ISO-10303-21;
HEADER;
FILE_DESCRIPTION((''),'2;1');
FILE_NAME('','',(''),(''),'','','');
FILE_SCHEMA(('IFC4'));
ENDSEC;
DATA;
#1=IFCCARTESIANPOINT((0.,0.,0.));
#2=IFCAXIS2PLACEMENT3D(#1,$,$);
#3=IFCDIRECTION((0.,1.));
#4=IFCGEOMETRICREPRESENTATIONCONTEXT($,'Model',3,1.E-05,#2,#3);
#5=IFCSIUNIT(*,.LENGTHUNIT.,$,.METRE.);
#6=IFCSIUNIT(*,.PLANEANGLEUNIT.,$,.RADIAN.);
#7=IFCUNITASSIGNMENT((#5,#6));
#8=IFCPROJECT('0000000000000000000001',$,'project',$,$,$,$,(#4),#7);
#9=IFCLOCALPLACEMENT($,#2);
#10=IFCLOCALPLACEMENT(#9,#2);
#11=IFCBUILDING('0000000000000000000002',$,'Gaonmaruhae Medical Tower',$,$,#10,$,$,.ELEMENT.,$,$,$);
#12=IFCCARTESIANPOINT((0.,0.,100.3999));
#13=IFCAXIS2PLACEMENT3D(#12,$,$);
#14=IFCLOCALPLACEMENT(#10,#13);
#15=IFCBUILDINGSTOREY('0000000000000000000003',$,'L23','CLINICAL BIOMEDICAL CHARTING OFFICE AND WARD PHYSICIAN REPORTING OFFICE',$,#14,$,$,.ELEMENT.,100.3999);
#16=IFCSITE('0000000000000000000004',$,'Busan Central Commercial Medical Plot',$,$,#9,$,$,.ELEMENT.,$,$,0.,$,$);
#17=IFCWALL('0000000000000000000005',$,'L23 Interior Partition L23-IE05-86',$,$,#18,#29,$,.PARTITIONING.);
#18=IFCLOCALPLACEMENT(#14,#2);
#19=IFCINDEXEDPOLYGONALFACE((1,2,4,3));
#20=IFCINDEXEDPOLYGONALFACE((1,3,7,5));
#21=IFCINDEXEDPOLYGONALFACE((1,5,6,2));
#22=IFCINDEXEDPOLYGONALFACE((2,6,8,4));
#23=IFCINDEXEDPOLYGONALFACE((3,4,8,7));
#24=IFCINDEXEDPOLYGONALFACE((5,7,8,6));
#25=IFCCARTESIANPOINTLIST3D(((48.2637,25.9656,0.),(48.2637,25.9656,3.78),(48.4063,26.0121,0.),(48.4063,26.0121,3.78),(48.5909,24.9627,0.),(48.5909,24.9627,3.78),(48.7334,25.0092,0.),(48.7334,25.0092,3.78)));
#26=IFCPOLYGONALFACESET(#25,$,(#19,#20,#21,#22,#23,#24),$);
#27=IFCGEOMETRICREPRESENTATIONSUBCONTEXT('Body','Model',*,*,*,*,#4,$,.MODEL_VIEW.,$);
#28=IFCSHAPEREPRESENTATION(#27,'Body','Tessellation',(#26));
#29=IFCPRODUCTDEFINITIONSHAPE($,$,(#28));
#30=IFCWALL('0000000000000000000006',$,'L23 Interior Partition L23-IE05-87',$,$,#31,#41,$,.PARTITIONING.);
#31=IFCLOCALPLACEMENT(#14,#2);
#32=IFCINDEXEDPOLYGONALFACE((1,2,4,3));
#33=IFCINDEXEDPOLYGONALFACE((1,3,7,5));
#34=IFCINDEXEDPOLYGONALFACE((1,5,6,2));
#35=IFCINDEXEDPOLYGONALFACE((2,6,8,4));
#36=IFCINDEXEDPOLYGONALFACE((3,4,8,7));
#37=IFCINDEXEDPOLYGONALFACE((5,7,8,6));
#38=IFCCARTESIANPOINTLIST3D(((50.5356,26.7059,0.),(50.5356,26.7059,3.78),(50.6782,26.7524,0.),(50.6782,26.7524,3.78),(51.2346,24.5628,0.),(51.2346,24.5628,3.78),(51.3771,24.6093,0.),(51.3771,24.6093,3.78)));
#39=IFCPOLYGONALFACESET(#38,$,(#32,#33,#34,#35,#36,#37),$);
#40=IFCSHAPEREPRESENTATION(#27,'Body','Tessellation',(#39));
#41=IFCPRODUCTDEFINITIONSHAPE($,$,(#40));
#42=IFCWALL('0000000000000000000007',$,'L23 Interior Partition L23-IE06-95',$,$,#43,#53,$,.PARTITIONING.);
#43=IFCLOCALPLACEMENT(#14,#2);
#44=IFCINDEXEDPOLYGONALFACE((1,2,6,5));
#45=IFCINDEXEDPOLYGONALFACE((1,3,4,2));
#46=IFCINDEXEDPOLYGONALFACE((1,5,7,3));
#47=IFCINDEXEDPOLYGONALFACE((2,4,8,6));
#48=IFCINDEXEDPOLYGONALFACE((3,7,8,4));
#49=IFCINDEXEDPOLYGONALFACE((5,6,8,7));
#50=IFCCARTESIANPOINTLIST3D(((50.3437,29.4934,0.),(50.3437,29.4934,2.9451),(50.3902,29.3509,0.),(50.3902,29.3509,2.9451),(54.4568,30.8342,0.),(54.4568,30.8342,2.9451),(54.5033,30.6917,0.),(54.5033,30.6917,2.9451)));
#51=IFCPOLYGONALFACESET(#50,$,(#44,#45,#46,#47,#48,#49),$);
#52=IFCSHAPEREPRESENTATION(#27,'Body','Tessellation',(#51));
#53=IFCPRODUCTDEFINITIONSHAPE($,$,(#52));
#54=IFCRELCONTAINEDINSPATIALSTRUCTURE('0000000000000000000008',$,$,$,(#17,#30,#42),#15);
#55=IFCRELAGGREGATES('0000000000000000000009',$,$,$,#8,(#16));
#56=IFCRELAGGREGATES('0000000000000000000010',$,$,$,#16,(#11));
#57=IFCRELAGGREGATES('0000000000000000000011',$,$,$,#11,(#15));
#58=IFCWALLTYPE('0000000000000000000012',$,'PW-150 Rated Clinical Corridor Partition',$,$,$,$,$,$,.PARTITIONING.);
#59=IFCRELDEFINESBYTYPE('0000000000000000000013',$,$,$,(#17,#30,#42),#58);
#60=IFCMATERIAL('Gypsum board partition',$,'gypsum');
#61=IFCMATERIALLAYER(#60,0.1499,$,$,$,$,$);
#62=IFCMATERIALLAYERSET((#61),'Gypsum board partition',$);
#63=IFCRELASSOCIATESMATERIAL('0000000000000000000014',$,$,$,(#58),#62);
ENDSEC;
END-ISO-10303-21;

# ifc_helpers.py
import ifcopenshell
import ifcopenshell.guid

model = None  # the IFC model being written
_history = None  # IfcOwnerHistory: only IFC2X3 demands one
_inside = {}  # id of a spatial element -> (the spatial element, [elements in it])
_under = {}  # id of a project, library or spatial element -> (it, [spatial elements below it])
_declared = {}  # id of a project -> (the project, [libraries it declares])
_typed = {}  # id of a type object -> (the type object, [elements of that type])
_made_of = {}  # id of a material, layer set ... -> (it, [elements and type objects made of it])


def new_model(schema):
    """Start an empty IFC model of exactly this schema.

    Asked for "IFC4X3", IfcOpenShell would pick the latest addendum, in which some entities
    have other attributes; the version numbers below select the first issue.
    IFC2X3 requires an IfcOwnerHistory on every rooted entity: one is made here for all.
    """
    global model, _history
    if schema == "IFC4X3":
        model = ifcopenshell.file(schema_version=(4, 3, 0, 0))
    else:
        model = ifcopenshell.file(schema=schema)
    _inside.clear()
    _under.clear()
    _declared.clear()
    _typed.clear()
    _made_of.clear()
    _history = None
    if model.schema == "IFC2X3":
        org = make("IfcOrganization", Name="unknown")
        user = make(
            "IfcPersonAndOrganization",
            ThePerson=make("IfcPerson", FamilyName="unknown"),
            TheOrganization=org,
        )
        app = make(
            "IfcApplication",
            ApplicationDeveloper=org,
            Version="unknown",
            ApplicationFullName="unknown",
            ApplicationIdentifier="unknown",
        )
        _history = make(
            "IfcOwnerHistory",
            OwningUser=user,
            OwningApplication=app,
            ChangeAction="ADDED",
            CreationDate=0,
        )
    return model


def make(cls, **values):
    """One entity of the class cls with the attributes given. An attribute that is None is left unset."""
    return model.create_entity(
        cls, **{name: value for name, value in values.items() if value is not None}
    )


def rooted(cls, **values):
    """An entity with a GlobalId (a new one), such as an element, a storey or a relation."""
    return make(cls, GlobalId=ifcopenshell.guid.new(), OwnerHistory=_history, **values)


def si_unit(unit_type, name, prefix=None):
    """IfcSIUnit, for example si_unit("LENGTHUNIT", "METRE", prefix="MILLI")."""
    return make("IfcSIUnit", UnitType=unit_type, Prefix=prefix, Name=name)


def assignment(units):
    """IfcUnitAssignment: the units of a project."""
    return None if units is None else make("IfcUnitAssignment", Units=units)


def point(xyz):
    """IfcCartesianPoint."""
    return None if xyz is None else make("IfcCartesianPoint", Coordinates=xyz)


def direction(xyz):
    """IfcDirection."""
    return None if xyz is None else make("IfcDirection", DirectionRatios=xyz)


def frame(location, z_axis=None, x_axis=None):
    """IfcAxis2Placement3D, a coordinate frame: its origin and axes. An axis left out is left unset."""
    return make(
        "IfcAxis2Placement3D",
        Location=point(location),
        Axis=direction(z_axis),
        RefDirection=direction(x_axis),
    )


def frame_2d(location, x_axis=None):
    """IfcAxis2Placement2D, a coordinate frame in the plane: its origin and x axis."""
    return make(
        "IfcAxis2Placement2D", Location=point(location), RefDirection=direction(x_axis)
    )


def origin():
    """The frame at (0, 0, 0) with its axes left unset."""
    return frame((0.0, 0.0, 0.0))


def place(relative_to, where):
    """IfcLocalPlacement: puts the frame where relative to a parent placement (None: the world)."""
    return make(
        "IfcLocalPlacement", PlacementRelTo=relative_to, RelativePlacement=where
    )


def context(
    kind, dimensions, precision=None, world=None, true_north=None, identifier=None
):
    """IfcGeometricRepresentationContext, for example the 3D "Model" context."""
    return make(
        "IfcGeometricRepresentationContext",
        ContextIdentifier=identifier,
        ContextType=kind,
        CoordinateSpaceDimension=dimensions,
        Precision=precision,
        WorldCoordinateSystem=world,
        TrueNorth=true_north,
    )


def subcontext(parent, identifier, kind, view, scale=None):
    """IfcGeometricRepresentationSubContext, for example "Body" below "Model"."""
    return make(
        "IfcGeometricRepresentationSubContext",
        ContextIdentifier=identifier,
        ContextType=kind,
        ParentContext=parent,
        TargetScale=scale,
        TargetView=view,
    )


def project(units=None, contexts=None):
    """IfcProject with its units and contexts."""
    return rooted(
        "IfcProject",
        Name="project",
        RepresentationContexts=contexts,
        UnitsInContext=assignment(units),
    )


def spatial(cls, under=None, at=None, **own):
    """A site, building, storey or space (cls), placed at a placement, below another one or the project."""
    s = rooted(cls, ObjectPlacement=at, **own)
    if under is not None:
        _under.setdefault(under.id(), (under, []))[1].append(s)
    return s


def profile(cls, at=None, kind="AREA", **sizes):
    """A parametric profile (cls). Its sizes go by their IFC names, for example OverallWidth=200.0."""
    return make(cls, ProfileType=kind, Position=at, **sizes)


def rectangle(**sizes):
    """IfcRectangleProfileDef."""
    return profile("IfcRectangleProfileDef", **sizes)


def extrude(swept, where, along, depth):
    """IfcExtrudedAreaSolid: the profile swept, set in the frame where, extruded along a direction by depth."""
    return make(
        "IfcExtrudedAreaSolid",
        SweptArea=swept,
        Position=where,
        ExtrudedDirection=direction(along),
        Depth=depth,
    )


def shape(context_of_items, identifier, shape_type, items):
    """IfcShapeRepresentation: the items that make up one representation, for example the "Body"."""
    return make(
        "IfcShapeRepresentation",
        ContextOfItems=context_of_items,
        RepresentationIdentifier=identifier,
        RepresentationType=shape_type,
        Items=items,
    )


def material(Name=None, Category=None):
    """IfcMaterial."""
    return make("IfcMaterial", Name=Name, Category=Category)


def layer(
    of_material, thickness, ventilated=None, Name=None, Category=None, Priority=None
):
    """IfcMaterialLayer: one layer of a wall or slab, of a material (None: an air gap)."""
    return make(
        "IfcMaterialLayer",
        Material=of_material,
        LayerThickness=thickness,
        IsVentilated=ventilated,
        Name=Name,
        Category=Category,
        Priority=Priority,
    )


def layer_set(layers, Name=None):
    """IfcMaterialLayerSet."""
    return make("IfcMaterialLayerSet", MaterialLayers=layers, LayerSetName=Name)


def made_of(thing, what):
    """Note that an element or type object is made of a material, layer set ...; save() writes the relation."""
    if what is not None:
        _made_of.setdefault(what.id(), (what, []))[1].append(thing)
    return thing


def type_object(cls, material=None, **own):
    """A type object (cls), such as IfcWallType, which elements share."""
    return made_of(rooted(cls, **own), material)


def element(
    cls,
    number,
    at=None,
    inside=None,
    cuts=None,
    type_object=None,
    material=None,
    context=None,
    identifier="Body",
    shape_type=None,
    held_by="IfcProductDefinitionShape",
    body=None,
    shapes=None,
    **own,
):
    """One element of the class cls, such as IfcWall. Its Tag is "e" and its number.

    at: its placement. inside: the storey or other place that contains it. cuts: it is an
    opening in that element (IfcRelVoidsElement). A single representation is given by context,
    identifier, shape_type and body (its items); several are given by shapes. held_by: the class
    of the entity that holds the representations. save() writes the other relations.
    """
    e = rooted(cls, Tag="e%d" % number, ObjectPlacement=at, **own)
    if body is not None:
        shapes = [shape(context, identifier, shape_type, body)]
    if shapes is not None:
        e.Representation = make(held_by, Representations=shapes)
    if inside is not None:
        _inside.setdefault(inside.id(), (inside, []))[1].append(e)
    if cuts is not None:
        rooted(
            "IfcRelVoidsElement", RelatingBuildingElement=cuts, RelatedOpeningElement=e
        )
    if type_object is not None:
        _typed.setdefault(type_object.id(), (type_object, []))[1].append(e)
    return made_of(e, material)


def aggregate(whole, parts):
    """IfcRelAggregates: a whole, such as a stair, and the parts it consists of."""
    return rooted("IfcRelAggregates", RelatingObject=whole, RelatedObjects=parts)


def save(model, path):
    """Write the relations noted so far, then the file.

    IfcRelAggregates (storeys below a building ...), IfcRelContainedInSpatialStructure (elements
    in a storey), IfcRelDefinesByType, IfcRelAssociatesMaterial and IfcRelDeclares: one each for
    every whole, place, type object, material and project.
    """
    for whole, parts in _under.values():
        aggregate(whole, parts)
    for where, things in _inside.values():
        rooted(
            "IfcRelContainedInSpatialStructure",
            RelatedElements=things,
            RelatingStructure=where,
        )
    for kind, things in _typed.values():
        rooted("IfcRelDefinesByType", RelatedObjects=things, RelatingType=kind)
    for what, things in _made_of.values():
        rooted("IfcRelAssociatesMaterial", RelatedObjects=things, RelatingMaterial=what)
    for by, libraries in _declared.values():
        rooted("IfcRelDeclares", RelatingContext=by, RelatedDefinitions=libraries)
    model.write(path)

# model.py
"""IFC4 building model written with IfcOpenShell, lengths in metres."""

from ifc_helpers import new_model, si_unit, direction, frame, frame_2d, origin, place, context, subcontext, project, spatial, rectangle, extrude, material, layer, layer_set, type_object, element, save


model = new_model("IFC4")

# Units and contexts
model_context = context("Model", 3, precision=1e-05, world=origin(), true_north=direction((0.0, 1.0)))
body_context = subcontext(model_context, "Body", "Model", "MODEL_VIEW")
ifc_project = project(units=[si_unit("LENGTHUNIT", "METRE"), si_unit("PLANEANGLEUNIT", "RADIAN")], contexts=[model_context])

# Site, building, storey
site_placement = place(None, origin())
site = spatial("IfcSite", under=ifc_project, at=site_placement, Name="Busan Central Commercial Medical Plot", CompositionType="ELEMENT", RefElevation=0.0)
building_placement = place(site_placement, origin())
building = spatial("IfcBuilding", under=site, at=building_placement, Name="Gaonmaruhae Medical Tower", CompositionType="ELEMENT")
storey_placement = place(building_placement, frame((0.0, 0.0, 100.3999)))
storey = spatial("IfcBuildingStorey", under=building, at=storey_placement, Name="L23", Description="CLINICAL BIOMEDICAL CHARTING OFFICE AND WARD PHYSICIAN REPORTING OFFICE", CompositionType="ELEMENT", Elevation=100.3999)

# Shared definitions
ifc_material_1 = material(Name="Gypsum board partition", Category="gypsum")
ifc_layer_1 = layer(ifc_material_1, 0.1499)
ifc_layer_set_1 = layer_set([ifc_layer_1], Name="Gypsum board partition")
wall_type_1 = type_object("IfcWallType", Name="PW-150 Rated Clinical Corridor Partition", PredefinedType="PARTITIONING", material=ifc_layer_set_1)

# Walls
wall_1_placement = place(storey_placement, frame((48.6621, 24.9861, 0.0), z_axis=(0.0, 0.0, 1.0), x_axis=(-0.310112, 0.9507, 0.0)))
element("IfcWall", 1, at=wall_1_placement, inside=storey, type_object=wall_type_1, Name="L23 Interior Partition L23-IE05-86", PredefinedType="PARTITIONING", context=body_context, shape_type="SweptSolid", body=[
    extrude(rectangle(XDim=1.0549, YDim=0.1499, at=frame_2d((0.5273, 0.0))), origin(), (0.0, 0.0, 1.0), 3.78),
])
wall_2_placement = place(storey_placement, frame((50.6069, 26.729, 0.0), z_axis=(0.0, 0.0, 1.0), x_axis=(0.31008, -0.95071, 0.0)))
element("IfcWall", 2, at=wall_2_placement, inside=storey, type_object=wall_type_1, Name="L23 Interior Partition L23-IE05-87", PredefinedType="PARTITIONING", context=body_context, shape_type="SweptSolid", body=[
    extrude(rectangle(XDim=2.2542, YDim=0.1499, at=frame_2d((1.127, 0.0))), origin(), (0.0, 0.0, 1.0), 3.78),
])
wall_3_placement = place(storey_placement, frame((50.3669, 29.4221, 0.0), z_axis=(0.0, 0.0, 1.0), x_axis=(0.950756, 0.30994, 0.0)))
element("IfcWall", 3, at=wall_3_placement, inside=storey, type_object=wall_type_1, Name="L23 Interior Partition L23-IE06-95", PredefinedType="PARTITIONING", context=body_context, shape_type="SweptSolid", body=[
    extrude(rectangle(XDim=4.3262, YDim=0.1499, at=frame_2d((2.1631, 0.0))), origin(), (0.0, 0.0, 1.0), 2.9451),
])

save(model, "model.ifc")
